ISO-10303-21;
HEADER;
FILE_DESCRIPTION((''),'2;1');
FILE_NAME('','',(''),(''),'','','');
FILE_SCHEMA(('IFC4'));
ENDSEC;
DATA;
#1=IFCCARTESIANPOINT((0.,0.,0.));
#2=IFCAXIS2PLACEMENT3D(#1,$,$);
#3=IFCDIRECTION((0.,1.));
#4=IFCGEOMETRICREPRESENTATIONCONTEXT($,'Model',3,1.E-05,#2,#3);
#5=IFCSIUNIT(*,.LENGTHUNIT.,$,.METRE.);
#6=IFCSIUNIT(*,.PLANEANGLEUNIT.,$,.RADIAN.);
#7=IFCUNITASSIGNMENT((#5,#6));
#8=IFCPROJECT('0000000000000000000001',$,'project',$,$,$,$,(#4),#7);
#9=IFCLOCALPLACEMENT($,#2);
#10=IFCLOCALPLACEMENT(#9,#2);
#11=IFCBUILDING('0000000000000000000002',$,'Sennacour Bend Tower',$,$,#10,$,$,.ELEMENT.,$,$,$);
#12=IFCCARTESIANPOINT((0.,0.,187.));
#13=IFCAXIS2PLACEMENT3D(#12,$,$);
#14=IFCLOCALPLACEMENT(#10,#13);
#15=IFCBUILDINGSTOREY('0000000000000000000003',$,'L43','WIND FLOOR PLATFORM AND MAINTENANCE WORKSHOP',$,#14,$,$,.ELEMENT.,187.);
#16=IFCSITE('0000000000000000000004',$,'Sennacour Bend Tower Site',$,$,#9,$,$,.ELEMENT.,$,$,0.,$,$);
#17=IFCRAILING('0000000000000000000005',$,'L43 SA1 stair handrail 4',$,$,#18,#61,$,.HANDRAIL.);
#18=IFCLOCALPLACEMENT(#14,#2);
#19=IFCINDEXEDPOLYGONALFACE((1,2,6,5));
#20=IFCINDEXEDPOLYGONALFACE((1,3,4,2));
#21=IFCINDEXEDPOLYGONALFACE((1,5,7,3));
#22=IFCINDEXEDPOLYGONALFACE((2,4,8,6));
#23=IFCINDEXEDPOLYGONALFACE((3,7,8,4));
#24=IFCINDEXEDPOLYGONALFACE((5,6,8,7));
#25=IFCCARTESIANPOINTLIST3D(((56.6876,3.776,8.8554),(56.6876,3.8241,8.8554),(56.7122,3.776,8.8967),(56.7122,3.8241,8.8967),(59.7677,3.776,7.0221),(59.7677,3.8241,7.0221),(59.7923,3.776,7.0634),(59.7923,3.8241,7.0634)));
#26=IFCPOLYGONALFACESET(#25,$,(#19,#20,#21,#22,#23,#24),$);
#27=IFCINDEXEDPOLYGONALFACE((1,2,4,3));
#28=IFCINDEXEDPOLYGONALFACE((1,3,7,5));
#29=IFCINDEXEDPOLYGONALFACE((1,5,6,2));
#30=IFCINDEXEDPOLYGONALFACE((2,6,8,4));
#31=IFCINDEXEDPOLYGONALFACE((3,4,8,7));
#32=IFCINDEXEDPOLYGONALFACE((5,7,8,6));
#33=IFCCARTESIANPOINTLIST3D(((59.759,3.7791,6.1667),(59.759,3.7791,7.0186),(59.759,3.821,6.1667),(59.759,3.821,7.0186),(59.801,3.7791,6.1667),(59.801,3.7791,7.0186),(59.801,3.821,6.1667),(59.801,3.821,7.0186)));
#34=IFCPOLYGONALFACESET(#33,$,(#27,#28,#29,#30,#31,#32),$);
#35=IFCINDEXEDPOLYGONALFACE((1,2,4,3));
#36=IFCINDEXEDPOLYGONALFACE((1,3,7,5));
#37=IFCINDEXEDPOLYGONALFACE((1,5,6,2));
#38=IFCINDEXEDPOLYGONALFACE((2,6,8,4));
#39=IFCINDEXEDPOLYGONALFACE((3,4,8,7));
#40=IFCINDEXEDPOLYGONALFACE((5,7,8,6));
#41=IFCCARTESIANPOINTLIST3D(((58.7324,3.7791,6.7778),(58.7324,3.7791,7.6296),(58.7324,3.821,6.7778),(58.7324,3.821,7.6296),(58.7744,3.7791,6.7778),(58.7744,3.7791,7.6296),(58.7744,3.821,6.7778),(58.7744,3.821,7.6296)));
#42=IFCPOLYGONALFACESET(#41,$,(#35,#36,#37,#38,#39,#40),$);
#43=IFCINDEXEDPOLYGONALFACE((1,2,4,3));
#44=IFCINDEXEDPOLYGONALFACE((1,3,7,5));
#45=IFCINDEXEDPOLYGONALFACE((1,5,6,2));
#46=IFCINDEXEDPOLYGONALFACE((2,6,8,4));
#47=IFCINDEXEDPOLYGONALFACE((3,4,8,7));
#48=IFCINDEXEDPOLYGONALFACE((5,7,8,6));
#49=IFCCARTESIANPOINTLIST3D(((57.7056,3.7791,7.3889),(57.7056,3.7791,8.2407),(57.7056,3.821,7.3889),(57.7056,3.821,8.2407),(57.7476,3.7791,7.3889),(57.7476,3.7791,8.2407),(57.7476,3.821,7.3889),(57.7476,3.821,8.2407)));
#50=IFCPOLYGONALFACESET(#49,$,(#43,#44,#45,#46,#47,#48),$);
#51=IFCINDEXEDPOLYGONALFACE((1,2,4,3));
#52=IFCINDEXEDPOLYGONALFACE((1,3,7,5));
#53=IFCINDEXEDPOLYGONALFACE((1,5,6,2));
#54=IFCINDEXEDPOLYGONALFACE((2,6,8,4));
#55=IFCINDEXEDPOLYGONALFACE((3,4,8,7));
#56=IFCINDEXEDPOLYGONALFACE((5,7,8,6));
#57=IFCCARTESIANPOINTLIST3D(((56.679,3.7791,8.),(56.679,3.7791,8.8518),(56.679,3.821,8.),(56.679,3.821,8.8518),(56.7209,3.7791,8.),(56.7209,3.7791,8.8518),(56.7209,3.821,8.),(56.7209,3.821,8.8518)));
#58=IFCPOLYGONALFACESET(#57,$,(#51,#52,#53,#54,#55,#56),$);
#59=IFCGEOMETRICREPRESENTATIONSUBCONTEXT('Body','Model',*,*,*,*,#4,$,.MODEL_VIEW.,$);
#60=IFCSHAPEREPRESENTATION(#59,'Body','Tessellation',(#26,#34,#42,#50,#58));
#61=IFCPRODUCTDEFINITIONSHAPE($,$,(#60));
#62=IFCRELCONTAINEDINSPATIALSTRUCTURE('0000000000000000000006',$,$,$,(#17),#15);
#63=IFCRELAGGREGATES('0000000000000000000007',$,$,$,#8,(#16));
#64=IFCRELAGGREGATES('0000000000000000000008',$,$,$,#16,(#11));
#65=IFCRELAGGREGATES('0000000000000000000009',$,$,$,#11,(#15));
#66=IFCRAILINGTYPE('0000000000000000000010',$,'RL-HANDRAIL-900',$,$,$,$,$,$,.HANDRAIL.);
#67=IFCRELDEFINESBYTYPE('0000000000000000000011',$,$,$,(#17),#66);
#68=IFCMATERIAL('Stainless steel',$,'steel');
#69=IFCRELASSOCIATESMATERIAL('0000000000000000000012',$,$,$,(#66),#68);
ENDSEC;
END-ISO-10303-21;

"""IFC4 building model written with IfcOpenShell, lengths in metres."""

from ifc_helpers import new_model, si_unit, direction, frame, origin, origin_2d, place, context, subcontext, project, spatial, rectangle, extrude, material, type_object, element, save


model = new_model("IFC4")

# Units and contexts
model_context = context("Model", 3, precision=1e-05, world=origin(), true_north=direction((0.0, 1.0)))
body_context = subcontext(model_context, "Body", "Model", "MODEL_VIEW")
ifc_project = project(units=[si_unit("LENGTHUNIT", "METRE"), si_unit("PLANEANGLEUNIT", "RADIAN")], contexts=[model_context])

# Site, building, storey
site_placement = place(None, origin())
site = spatial("IfcSite", under=ifc_project, at=site_placement, Name="Sennacour Bend Tower Site", CompositionType="ELEMENT", RefElevation=0.0)
building_placement = place(site_placement, origin())
building = spatial("IfcBuilding", under=site, at=building_placement, Name="Sennacour Bend Tower", CompositionType="ELEMENT")
storey_placement = place(building_placement, frame((0.0, 0.0, 187.0)))
storey = spatial("IfcBuildingStorey", under=building, at=storey_placement, Name="L43", Description="WIND FLOOR PLATFORM AND MAINTENANCE WORKSHOP", CompositionType="ELEMENT", Elevation=187.0)

# Railing
ifc_material_1 = material(Name="Stainless steel", Category="steel")
railing_type_1 = type_object("IfcRailingType", Name="RL-HANDRAIL-900", PredefinedType="HANDRAIL", material=ifc_material_1)
railing_1_placement = place(storey_placement, frame((59.78, 3.8, 6.1667)))
element("IfcRailing", 1, at=railing_1_placement, inside=storey, type_object=railing_type_1, Name="L43 SA1 stair handrail 4", PredefinedType="HANDRAIL", context=body_context, shape_type="SweptSolid", body=[
    extrude(rectangle(XDim=0.0481, YDim=0.0481, at=origin_2d()), frame((0.0, 0.0, 0.876), z_axis=(-0.859309, 0.0, 0.511458), x_axis=(0.0, -1.0, 0.0)), (0.0, 0.0, 1.0), 3.5845),
    extrude(rectangle(XDim=0.042, YDim=0.042, at=origin_2d()), origin(), (0.0, 0.0, 1.0), 0.8518),
    extrude(rectangle(XDim=0.042, YDim=0.042, at=origin_2d()), frame((-1.0266, 0.0, 0.6111)), (0.0, 0.0, 1.0), 0.8518),
    extrude(rectangle(XDim=0.042, YDim=0.042, at=origin_2d()), frame((-2.0535, 0.0, 1.2222)), (0.0, 0.0, 1.0), 0.8518),
    extrude(rectangle(XDim=0.042, YDim=0.042, at=origin_2d()), frame((-3.0801, 0.0, 1.8333)), (0.0, 0.0, 1.0), 0.8518),
])

save(model, "model.ifc")
